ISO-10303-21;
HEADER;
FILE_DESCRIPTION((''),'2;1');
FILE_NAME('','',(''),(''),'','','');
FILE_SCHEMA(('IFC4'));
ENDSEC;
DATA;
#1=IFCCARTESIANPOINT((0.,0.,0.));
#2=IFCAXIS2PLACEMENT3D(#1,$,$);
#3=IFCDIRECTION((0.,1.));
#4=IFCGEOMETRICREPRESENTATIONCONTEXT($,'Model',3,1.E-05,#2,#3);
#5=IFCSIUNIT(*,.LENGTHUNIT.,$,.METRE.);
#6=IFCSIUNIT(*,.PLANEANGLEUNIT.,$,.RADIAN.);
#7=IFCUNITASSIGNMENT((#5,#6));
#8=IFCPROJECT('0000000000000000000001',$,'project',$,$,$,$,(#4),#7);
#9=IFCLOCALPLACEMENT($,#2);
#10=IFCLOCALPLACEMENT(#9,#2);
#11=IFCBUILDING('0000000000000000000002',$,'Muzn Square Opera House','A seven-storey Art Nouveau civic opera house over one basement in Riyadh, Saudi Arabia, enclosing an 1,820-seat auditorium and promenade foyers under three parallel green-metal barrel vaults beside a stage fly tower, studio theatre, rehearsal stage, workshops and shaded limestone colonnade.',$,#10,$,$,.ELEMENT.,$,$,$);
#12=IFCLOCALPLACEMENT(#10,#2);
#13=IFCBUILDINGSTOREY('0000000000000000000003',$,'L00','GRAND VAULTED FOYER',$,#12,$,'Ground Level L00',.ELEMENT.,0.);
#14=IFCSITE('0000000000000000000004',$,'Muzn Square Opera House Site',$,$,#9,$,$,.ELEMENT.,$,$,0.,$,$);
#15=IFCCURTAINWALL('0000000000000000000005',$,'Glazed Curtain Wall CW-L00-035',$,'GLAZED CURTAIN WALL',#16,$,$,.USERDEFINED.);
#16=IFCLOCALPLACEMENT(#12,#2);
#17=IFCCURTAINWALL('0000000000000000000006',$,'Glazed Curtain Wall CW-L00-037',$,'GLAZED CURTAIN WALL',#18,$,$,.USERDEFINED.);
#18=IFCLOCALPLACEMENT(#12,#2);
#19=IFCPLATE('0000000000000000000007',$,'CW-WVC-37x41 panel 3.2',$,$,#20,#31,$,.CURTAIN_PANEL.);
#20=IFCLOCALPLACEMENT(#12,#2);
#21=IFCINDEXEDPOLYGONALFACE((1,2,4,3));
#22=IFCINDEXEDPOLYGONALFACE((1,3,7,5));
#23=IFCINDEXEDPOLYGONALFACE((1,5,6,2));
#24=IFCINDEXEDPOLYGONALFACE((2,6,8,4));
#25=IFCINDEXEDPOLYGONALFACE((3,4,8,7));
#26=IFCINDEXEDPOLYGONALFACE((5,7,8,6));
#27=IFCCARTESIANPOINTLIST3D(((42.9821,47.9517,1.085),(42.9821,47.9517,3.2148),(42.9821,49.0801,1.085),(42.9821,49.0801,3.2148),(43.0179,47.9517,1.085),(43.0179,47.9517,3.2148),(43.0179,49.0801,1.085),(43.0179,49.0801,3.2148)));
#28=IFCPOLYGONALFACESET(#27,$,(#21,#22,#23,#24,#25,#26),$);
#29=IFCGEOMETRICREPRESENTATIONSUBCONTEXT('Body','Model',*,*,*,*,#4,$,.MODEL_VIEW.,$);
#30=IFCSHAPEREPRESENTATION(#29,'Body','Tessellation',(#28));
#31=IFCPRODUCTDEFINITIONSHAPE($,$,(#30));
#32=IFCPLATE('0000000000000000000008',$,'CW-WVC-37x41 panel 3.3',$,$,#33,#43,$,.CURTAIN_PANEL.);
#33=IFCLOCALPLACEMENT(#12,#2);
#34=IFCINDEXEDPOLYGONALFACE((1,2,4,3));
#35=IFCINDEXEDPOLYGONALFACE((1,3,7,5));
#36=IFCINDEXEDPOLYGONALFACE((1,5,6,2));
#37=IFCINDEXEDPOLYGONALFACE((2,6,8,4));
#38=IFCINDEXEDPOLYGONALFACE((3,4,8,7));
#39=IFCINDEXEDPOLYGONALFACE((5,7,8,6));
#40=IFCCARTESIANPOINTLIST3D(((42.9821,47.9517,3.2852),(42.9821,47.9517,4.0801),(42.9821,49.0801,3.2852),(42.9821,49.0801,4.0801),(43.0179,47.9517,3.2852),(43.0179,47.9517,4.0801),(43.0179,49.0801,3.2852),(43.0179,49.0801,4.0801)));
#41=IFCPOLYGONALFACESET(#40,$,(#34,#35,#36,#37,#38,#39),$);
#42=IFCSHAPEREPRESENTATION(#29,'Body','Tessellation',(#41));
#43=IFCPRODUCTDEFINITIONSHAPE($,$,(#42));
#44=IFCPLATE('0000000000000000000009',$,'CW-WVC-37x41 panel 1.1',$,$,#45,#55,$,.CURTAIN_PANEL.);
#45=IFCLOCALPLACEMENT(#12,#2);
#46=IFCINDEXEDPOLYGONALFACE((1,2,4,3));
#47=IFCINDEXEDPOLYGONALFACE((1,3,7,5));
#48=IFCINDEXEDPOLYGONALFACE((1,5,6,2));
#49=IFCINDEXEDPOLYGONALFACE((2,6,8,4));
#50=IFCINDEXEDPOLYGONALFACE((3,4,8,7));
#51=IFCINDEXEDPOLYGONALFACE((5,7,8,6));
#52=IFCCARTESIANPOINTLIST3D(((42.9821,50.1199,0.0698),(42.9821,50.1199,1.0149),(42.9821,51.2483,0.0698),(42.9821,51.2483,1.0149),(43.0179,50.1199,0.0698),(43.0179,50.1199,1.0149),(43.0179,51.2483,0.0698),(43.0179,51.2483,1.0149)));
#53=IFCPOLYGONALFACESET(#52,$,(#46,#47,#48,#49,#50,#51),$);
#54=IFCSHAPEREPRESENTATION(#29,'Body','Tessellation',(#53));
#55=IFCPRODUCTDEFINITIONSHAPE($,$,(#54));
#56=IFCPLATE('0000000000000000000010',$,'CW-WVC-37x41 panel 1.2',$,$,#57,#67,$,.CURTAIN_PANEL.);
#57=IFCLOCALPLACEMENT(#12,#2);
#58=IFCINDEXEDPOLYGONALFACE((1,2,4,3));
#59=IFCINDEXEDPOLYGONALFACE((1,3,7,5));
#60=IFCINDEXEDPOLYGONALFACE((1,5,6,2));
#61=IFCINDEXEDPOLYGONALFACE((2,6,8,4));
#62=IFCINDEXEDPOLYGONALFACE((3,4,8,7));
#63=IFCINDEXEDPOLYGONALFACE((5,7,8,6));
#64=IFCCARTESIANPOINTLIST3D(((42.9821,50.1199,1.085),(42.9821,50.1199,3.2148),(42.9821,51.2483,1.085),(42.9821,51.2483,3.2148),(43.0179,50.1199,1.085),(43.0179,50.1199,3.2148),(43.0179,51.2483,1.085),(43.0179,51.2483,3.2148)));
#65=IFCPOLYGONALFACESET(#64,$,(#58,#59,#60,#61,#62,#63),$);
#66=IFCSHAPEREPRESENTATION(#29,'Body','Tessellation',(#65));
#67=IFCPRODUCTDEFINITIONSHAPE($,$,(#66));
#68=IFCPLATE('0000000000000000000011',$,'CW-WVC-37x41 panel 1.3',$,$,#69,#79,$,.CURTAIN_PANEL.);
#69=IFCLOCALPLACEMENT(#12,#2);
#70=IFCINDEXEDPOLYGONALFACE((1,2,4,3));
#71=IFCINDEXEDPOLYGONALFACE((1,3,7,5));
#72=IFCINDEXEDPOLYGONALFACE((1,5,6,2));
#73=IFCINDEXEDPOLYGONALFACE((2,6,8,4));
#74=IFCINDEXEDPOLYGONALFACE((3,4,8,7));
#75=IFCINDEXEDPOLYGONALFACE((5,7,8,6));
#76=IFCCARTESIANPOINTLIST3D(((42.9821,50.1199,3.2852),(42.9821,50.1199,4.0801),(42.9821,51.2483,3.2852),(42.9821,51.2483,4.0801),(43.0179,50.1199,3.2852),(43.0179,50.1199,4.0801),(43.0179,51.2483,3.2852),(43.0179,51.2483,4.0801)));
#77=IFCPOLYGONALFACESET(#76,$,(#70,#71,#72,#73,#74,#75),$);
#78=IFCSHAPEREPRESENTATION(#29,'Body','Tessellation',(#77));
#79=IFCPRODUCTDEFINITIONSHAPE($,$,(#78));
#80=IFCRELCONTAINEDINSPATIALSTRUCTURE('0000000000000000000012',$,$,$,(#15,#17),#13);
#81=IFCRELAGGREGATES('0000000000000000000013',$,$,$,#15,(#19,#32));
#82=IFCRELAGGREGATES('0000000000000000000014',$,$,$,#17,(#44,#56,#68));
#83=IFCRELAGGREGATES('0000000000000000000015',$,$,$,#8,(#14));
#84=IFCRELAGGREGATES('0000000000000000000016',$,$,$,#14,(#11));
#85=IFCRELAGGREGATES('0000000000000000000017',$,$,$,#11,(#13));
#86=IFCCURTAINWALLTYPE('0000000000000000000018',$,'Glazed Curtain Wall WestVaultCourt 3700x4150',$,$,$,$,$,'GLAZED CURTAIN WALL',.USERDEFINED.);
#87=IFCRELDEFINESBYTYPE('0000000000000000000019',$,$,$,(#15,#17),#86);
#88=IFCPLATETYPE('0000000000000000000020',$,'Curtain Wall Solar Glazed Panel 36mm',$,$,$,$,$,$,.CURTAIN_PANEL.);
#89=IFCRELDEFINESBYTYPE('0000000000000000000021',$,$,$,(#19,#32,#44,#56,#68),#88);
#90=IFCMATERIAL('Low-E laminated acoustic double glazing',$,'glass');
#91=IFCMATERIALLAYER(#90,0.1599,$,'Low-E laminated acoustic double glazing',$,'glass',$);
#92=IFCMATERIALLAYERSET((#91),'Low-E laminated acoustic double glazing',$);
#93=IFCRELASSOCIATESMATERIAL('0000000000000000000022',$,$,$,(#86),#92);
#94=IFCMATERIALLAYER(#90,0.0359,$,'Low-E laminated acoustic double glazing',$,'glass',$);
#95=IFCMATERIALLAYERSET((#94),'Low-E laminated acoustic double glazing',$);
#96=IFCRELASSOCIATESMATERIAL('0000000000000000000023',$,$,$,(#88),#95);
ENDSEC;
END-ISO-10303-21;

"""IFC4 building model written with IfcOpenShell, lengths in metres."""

from ifc_helpers import new_model, si_unit, direction, frame, origin, origin_2d, place, context, subcontext, project, spatial, rectangle, extrude, material, layer, layer_set, type_object, element, aggregate, save


model = new_model("IFC4")

# Units and contexts
model_context = context("Model", 3, precision=1e-05, world=origin(), true_north=direction((0.0, 1.0)))
body_context = subcontext(model_context, "Body", "Model", "MODEL_VIEW")
ifc_project = project(units=[si_unit("LENGTHUNIT", "METRE"), si_unit("PLANEANGLEUNIT", "RADIAN")], contexts=[model_context])

# Site, building, storey
site_placement = place(None, origin())
site = spatial("IfcSite", under=ifc_project, at=site_placement, Name="Muzn Square Opera House Site", CompositionType="ELEMENT", RefElevation=0.0)
building_placement = place(site_placement, origin())
building = spatial("IfcBuilding", under=site, at=building_placement, Name="Muzn Square Opera House", Description="A seven-storey Art Nouveau civic opera house over one basement in Riyadh, Saudi Arabia, enclosing an 1,820-seat auditorium and promenade foyers under three parallel green-metal barrel vaults beside a stage fly tower, studio theatre, rehearsal stage, workshops and shaded limestone colonnade.", CompositionType="ELEMENT")
storey_placement = place(building_placement, origin())
storey = spatial("IfcBuildingStorey", under=building, at=storey_placement, Name="L00", Description="GRAND VAULTED FOYER", LongName="Ground Level L00", CompositionType="ELEMENT", Elevation=0.0)

# Curtain walls
ifc_material_1 = material(Name="Low-E laminated acoustic double glazing", Category="glass")
ifc_layer_1 = layer(ifc_material_1, 0.1599, Name="Low-E laminated acoustic double glazing", Category="glass")
ifc_layer_set_1 = layer_set([ifc_layer_1], Name="Low-E laminated acoustic double glazing")
curtain_wall_type = type_object("IfcCurtainWallType", Name="Glazed Curtain Wall WestVaultCourt 3700x4150", ElementType="GLAZED CURTAIN WALL", PredefinedType="USERDEFINED", material=ifc_layer_set_1)
curtain_wall_1_placement = place(storey_placement, origin())
curtain_wall_1 = element("IfcCurtainWall", 1, at=curtain_wall_1_placement, inside=storey, type_object=curtain_wall_type, Name="Glazed Curtain Wall CW-L00-035", ObjectType="GLAZED CURTAIN WALL", PredefinedType="USERDEFINED")
curtain_wall_2_placement = place(storey_placement, origin())
curtain_wall_2 = element("IfcCurtainWall", 2, at=curtain_wall_2_placement, inside=storey, type_object=curtain_wall_type, Name="Glazed Curtain Wall CW-L00-037", ObjectType="GLAZED CURTAIN WALL", PredefinedType="USERDEFINED")

# Plates
ifc_layer_2 = layer(ifc_material_1, 0.0359, Name="Low-E laminated acoustic double glazing", Category="glass")
ifc_layer_set_2 = layer_set([ifc_layer_2], Name="Low-E laminated acoustic double glazing")
plate_type = type_object("IfcPlateType", Name="Curtain Wall Solar Glazed Panel 36mm", PredefinedType="CURTAIN_PANEL", material=ifc_layer_set_2)
plate_1_placement = place(storey_placement, frame((43.0, 48.5159, 1.085), z_axis=(0.0, 0.0, 1.0), x_axis=(0.0, 1.0, 0.0)))
plate_1 = element("IfcPlate", 3, at=plate_1_placement, type_object=plate_type, Name="CW-WVC-37x41 panel 3.2", PredefinedType="CURTAIN_PANEL", context=body_context, shape_type="SweptSolid", body=[
    extrude(rectangle(XDim=1.1284, YDim=0.0359, at=origin_2d()), origin(), (0.0, 0.0, 1.0), 2.1299),
])
plate_2_placement = place(storey_placement, frame((43.0, 48.5159, 3.2852), z_axis=(0.0, 0.0, 1.0), x_axis=(0.0, 1.0, 0.0)))
plate_2 = element("IfcPlate", 4, at=plate_2_placement, type_object=plate_type, Name="CW-WVC-37x41 panel 3.3", PredefinedType="CURTAIN_PANEL", context=body_context, shape_type="SweptSolid", body=[
    extrude(rectangle(XDim=1.1284, YDim=0.0359, at=origin_2d()), origin(), (0.0, 0.0, 1.0), 0.7949),
])
aggregate(curtain_wall_1, [plate_1, plate_2])
plate_3_placement = place(storey_placement, frame((43.0, 50.6841, 0.0698), z_axis=(0.0, 0.0, 1.0), x_axis=(0.0, 1.0, 0.0)))
plate_3 = element("IfcPlate", 5, at=plate_3_placement, type_object=plate_type, Name="CW-WVC-37x41 panel 1.1", PredefinedType="CURTAIN_PANEL", context=body_context, shape_type="SweptSolid", body=[
    extrude(rectangle(XDim=1.1284, YDim=0.0359, at=origin_2d()), origin(), (0.0, 0.0, 1.0), 0.9451),
])
plate_4_placement = place(storey_placement, frame((43.0, 50.6841, 1.085), z_axis=(0.0, 0.0, 1.0), x_axis=(0.0, 1.0, 0.0)))
plate_4 = element("IfcPlate", 6, at=plate_4_placement, type_object=plate_type, Name="CW-WVC-37x41 panel 1.2", PredefinedType="CURTAIN_PANEL", context=body_context, shape_type="SweptSolid", body=[
    extrude(rectangle(XDim=1.1284, YDim=0.0359, at=origin_2d()), origin(), (0.0, 0.0, 1.0), 2.1299),
])
plate_5_placement = place(storey_placement, frame((43.0, 50.6841, 3.2852), z_axis=(0.0, 0.0, 1.0), x_axis=(0.0, 1.0, 0.0)))
plate_5 = element("IfcPlate", 7, at=plate_5_placement, type_object=plate_type, Name="CW-WVC-37x41 panel 1.3", PredefinedType="CURTAIN_PANEL", context=body_context, shape_type="SweptSolid", body=[
    extrude(rectangle(XDim=1.1284, YDim=0.0359, at=origin_2d()), origin(), (0.0, 0.0, 1.0), 0.7949),
])
aggregate(curtain_wall_2, [plate_3, plate_4, plate_5])

save(model, "model.ifc")
